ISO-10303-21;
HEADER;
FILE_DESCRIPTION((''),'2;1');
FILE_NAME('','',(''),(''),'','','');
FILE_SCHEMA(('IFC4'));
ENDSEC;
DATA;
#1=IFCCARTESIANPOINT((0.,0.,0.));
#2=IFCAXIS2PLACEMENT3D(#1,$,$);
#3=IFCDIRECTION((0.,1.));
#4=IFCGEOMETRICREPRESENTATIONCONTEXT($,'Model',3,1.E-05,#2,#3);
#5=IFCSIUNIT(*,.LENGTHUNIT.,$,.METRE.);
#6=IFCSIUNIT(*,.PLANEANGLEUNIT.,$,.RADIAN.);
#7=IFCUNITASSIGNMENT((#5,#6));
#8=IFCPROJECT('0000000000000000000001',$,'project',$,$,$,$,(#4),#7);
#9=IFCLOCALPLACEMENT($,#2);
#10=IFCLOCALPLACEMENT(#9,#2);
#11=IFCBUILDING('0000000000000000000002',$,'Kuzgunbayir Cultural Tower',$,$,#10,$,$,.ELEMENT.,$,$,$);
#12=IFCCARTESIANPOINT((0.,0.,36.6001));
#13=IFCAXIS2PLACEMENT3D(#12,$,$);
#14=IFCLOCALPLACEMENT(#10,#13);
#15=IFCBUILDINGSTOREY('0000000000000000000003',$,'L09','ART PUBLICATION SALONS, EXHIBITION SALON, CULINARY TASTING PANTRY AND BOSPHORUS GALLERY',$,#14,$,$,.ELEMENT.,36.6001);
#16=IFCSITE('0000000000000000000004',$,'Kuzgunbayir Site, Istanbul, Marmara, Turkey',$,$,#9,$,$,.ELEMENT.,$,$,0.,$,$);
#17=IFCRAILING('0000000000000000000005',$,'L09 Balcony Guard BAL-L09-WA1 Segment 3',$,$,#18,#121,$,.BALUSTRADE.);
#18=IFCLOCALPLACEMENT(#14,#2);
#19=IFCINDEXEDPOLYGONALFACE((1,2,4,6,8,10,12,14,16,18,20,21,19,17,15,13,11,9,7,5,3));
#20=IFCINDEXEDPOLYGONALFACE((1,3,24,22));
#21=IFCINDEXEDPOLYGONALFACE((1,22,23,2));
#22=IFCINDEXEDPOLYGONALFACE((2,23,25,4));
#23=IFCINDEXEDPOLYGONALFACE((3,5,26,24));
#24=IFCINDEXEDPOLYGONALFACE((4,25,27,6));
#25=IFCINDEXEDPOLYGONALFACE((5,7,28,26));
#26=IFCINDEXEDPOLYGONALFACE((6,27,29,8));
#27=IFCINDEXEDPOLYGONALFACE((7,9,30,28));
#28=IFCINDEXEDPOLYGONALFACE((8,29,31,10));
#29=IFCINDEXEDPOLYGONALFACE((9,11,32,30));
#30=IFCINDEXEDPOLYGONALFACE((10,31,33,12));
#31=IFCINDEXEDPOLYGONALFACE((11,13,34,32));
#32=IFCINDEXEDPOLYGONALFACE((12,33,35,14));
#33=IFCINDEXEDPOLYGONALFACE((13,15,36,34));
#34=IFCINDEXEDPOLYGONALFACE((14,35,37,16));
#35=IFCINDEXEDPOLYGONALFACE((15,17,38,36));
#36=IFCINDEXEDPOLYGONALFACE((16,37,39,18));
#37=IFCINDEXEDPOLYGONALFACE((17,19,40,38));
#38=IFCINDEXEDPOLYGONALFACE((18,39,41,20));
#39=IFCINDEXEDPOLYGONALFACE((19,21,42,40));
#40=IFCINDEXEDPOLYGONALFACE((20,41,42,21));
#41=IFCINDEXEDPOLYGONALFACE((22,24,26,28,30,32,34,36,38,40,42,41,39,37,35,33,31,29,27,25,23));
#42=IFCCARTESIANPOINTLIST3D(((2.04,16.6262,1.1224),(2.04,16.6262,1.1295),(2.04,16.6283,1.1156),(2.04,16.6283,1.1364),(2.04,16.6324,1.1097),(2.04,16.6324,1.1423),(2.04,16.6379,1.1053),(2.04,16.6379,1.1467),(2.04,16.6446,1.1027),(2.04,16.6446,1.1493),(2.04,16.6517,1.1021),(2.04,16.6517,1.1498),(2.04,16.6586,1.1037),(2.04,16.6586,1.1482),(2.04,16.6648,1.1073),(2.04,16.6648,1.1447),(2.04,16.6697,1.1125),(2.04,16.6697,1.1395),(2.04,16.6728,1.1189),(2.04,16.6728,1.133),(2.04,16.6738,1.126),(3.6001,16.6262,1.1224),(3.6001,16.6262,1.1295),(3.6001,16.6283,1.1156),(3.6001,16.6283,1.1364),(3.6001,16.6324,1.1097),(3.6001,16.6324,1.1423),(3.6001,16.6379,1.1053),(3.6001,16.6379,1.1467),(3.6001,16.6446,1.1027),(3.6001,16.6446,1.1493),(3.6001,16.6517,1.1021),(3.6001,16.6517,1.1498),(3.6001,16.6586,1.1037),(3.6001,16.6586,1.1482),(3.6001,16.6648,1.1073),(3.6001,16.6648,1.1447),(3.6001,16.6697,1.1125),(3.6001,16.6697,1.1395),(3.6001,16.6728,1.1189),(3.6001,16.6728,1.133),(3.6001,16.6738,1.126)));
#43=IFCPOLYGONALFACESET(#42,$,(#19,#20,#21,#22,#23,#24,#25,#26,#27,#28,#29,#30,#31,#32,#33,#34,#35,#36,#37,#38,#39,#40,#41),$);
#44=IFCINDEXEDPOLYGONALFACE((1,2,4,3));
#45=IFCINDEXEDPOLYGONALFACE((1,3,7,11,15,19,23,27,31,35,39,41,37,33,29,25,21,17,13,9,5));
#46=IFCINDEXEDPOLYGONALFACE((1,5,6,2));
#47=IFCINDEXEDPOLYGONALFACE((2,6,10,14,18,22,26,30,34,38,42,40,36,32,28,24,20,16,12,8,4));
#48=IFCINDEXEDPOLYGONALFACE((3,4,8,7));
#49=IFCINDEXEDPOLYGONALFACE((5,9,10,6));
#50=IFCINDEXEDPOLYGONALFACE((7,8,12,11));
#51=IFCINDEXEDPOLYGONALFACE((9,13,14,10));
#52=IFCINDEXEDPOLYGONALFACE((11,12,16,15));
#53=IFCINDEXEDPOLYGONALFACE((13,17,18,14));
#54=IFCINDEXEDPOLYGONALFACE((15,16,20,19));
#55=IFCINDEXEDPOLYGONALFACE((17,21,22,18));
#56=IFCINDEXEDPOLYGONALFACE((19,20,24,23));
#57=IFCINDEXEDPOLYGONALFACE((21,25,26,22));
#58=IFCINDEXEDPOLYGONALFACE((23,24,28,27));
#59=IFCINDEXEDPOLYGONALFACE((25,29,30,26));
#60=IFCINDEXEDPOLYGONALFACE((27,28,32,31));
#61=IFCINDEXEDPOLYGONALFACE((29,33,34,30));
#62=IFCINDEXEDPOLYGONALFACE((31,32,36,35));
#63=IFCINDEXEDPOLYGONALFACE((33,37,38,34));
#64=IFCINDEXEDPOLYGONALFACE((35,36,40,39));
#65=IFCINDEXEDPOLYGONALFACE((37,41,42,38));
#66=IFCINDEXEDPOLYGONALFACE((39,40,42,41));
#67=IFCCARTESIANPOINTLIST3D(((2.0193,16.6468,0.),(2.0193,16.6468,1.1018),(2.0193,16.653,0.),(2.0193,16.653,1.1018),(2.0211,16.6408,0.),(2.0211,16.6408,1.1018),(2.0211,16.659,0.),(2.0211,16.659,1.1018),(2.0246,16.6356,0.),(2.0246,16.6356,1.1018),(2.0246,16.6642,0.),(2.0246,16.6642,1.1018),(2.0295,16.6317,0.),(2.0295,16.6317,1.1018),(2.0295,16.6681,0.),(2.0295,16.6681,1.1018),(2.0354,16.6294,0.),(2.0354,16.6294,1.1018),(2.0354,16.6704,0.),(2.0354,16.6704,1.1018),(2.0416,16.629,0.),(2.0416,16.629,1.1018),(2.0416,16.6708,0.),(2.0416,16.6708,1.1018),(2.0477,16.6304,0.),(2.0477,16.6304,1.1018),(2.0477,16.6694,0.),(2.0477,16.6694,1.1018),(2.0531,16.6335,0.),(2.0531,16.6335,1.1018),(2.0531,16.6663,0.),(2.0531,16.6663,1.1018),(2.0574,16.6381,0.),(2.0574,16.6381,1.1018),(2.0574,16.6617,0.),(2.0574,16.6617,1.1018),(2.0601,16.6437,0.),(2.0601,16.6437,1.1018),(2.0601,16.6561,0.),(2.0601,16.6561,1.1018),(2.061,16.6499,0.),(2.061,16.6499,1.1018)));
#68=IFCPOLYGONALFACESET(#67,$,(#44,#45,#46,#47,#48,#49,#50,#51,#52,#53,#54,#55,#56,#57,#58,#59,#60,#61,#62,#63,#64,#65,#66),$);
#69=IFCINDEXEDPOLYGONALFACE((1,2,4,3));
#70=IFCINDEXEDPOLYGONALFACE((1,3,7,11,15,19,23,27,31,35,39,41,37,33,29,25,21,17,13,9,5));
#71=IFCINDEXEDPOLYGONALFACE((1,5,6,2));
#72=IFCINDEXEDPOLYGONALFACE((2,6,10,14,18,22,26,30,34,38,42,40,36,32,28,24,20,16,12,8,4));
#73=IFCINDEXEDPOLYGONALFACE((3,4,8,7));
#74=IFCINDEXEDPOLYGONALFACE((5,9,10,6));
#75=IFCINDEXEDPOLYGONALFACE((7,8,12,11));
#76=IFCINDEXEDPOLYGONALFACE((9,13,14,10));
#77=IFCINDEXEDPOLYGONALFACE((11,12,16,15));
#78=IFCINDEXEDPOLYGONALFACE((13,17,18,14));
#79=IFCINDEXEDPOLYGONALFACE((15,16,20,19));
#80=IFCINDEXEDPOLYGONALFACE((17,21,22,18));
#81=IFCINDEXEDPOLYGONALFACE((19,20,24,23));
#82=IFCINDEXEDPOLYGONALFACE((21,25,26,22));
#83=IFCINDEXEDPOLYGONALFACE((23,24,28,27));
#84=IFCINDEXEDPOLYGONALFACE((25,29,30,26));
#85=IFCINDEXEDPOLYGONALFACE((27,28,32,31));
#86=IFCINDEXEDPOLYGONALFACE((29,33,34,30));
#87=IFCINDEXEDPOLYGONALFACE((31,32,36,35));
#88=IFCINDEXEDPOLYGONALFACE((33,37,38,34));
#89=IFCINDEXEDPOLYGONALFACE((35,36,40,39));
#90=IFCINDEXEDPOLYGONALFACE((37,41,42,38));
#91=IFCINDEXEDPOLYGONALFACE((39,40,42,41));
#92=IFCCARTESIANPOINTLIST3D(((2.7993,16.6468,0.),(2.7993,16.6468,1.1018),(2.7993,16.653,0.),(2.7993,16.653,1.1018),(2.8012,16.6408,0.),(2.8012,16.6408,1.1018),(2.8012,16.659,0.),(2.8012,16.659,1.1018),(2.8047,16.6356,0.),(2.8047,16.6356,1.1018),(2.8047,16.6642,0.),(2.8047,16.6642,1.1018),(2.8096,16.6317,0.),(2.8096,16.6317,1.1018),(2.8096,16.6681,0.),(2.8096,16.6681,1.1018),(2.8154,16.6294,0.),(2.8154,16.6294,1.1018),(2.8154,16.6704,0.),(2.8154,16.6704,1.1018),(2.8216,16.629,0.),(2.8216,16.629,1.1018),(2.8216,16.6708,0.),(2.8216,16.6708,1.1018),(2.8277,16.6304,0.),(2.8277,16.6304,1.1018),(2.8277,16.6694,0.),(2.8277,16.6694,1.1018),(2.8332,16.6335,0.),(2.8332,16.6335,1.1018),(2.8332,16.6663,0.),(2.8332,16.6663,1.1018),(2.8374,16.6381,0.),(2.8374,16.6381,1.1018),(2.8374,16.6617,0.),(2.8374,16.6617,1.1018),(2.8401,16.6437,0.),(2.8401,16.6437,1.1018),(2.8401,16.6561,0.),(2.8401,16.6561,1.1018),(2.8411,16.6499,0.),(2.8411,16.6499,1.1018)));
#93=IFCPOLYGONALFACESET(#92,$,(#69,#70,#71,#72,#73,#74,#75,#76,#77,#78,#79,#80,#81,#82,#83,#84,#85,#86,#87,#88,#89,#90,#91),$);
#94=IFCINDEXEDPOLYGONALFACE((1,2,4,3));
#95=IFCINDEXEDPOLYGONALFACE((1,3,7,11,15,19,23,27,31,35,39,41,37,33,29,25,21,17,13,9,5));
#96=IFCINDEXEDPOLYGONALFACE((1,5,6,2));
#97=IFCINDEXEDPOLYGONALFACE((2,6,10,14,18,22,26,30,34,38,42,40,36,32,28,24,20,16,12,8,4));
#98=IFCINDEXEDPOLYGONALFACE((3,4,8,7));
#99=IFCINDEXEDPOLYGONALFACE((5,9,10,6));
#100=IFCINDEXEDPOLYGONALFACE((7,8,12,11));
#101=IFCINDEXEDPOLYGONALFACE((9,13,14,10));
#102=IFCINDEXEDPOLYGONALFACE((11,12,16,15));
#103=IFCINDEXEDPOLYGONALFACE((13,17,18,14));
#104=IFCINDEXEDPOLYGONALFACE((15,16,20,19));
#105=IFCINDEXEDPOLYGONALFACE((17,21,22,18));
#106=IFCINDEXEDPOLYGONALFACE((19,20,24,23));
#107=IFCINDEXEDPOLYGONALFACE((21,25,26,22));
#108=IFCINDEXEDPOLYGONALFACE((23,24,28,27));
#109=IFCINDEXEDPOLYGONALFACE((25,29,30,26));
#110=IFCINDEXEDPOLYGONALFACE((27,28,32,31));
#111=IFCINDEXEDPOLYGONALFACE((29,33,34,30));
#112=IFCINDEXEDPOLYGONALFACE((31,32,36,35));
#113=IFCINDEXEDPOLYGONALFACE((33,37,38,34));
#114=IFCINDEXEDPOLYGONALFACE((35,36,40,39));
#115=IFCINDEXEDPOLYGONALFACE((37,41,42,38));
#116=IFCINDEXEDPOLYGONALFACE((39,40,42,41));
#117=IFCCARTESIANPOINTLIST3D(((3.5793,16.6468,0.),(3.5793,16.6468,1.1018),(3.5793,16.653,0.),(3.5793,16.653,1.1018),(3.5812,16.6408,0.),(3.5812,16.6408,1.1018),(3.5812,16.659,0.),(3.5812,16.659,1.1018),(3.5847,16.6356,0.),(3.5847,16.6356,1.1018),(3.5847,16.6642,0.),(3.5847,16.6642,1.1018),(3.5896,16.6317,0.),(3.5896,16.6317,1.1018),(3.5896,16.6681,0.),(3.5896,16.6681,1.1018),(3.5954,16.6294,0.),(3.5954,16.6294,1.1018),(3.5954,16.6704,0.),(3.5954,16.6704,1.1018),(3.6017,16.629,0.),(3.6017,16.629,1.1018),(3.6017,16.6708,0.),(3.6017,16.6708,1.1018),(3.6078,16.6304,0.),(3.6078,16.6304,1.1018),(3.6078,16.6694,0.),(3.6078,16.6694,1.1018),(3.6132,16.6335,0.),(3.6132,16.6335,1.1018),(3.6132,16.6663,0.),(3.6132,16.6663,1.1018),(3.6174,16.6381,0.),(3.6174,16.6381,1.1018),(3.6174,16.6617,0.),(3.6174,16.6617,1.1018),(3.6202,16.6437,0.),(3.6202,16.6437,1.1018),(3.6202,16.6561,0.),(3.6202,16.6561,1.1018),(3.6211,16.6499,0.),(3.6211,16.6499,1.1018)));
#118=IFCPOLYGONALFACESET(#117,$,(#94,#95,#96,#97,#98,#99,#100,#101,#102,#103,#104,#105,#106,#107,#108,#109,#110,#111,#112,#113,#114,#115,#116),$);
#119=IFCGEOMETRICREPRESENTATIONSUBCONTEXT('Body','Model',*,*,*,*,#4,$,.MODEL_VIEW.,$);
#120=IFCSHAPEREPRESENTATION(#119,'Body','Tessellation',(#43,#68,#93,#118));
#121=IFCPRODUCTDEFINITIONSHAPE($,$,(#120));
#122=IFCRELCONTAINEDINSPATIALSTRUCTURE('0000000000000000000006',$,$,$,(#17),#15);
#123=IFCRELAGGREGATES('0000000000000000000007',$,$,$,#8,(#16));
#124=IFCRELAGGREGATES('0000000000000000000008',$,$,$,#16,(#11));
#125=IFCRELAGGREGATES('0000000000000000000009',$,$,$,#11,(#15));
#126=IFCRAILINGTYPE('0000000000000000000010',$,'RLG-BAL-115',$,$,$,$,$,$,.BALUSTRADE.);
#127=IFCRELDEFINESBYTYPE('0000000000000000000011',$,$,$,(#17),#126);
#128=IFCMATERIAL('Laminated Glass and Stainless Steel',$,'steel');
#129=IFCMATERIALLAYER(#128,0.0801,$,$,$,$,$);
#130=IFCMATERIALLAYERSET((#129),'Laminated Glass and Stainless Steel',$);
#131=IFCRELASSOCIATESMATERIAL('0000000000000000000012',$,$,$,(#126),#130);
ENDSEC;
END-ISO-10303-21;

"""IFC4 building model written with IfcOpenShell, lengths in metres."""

from ifc_helpers import new_model, si_unit, direction, frame, origin, origin_2d, place, context, subcontext, project, spatial, circle, extrude, material, layer, layer_set, type_object, element, save


model = new_model("IFC4")

# Units and contexts
model_context = context("Model", 3, precision=1e-05, world=origin(), true_north=direction((0.0, 1.0)))
body_context = subcontext(model_context, "Body", "Model", "MODEL_VIEW")
ifc_project = project(units=[si_unit("LENGTHUNIT", "METRE"), si_unit("PLANEANGLEUNIT", "RADIAN")], contexts=[model_context])

# Site, building, storey
site_placement = place(None, origin())
site = spatial("IfcSite", under=ifc_project, at=site_placement, Name="Kuzgunbayir Site, Istanbul, Marmara, Turkey", CompositionType="ELEMENT", RefElevation=0.0)
building_placement = place(site_placement, origin())
building = spatial("IfcBuilding", under=site, at=building_placement, Name="Kuzgunbayir Cultural Tower", CompositionType="ELEMENT")
storey_placement = place(building_placement, frame((0.0, 0.0, 36.6001)))
storey = spatial("IfcBuildingStorey", under=building, at=storey_placement, Name="L09", Description="ART PUBLICATION SALONS, EXHIBITION SALON, CULINARY TASTING PANTRY AND BOSPHORUS GALLERY", CompositionType="ELEMENT", Elevation=36.6001)

# Railing
ifc_material_1 = material(Name="Laminated Glass and Stainless Steel", Category="steel")
ifc_layer_1 = layer(ifc_material_1, 0.0801)
ifc_layer_set_1 = layer_set([ifc_layer_1], Name="Laminated Glass and Stainless Steel")
railing_type = type_object("IfcRailingType", Name="RLG-BAL-115", PredefinedType="BALUSTRADE", material=ifc_layer_set_1)
railing_1_placement = place(storey_placement, frame((2.04, 16.6499, 0.0)))
element("IfcRailing", 1, at=railing_1_placement, inside=storey, type_object=railing_type, Name="L09 Balcony Guard BAL-L09-WA1 Segment 3", PredefinedType="BALUSTRADE", context=body_context, shape_type="SweptSolid", body=[
    extrude(circle(Radius=0.0239, at=origin_2d()), frame((0.0, 0.0, 1.126), z_axis=(1.0, 0.0, 0.0), x_axis=(0.0, 1.0, 0.0)), (0.0, 0.0, 1.0), 1.5601),
    extrude(circle(Radius=0.021, at=origin_2d()), origin(), (0.0, 0.0, 1.0), 1.1018),
    extrude(circle(Radius=0.021, at=origin_2d()), frame((0.78, 0.0, 0.0)), (0.0, 0.0, 1.0), 1.1018),
    extrude(circle(Radius=0.021, at=origin_2d()), frame((1.5601, 0.0, 0.0)), (0.0, 0.0, 1.0), 1.1018),
])

save(model, "model.ifc")
